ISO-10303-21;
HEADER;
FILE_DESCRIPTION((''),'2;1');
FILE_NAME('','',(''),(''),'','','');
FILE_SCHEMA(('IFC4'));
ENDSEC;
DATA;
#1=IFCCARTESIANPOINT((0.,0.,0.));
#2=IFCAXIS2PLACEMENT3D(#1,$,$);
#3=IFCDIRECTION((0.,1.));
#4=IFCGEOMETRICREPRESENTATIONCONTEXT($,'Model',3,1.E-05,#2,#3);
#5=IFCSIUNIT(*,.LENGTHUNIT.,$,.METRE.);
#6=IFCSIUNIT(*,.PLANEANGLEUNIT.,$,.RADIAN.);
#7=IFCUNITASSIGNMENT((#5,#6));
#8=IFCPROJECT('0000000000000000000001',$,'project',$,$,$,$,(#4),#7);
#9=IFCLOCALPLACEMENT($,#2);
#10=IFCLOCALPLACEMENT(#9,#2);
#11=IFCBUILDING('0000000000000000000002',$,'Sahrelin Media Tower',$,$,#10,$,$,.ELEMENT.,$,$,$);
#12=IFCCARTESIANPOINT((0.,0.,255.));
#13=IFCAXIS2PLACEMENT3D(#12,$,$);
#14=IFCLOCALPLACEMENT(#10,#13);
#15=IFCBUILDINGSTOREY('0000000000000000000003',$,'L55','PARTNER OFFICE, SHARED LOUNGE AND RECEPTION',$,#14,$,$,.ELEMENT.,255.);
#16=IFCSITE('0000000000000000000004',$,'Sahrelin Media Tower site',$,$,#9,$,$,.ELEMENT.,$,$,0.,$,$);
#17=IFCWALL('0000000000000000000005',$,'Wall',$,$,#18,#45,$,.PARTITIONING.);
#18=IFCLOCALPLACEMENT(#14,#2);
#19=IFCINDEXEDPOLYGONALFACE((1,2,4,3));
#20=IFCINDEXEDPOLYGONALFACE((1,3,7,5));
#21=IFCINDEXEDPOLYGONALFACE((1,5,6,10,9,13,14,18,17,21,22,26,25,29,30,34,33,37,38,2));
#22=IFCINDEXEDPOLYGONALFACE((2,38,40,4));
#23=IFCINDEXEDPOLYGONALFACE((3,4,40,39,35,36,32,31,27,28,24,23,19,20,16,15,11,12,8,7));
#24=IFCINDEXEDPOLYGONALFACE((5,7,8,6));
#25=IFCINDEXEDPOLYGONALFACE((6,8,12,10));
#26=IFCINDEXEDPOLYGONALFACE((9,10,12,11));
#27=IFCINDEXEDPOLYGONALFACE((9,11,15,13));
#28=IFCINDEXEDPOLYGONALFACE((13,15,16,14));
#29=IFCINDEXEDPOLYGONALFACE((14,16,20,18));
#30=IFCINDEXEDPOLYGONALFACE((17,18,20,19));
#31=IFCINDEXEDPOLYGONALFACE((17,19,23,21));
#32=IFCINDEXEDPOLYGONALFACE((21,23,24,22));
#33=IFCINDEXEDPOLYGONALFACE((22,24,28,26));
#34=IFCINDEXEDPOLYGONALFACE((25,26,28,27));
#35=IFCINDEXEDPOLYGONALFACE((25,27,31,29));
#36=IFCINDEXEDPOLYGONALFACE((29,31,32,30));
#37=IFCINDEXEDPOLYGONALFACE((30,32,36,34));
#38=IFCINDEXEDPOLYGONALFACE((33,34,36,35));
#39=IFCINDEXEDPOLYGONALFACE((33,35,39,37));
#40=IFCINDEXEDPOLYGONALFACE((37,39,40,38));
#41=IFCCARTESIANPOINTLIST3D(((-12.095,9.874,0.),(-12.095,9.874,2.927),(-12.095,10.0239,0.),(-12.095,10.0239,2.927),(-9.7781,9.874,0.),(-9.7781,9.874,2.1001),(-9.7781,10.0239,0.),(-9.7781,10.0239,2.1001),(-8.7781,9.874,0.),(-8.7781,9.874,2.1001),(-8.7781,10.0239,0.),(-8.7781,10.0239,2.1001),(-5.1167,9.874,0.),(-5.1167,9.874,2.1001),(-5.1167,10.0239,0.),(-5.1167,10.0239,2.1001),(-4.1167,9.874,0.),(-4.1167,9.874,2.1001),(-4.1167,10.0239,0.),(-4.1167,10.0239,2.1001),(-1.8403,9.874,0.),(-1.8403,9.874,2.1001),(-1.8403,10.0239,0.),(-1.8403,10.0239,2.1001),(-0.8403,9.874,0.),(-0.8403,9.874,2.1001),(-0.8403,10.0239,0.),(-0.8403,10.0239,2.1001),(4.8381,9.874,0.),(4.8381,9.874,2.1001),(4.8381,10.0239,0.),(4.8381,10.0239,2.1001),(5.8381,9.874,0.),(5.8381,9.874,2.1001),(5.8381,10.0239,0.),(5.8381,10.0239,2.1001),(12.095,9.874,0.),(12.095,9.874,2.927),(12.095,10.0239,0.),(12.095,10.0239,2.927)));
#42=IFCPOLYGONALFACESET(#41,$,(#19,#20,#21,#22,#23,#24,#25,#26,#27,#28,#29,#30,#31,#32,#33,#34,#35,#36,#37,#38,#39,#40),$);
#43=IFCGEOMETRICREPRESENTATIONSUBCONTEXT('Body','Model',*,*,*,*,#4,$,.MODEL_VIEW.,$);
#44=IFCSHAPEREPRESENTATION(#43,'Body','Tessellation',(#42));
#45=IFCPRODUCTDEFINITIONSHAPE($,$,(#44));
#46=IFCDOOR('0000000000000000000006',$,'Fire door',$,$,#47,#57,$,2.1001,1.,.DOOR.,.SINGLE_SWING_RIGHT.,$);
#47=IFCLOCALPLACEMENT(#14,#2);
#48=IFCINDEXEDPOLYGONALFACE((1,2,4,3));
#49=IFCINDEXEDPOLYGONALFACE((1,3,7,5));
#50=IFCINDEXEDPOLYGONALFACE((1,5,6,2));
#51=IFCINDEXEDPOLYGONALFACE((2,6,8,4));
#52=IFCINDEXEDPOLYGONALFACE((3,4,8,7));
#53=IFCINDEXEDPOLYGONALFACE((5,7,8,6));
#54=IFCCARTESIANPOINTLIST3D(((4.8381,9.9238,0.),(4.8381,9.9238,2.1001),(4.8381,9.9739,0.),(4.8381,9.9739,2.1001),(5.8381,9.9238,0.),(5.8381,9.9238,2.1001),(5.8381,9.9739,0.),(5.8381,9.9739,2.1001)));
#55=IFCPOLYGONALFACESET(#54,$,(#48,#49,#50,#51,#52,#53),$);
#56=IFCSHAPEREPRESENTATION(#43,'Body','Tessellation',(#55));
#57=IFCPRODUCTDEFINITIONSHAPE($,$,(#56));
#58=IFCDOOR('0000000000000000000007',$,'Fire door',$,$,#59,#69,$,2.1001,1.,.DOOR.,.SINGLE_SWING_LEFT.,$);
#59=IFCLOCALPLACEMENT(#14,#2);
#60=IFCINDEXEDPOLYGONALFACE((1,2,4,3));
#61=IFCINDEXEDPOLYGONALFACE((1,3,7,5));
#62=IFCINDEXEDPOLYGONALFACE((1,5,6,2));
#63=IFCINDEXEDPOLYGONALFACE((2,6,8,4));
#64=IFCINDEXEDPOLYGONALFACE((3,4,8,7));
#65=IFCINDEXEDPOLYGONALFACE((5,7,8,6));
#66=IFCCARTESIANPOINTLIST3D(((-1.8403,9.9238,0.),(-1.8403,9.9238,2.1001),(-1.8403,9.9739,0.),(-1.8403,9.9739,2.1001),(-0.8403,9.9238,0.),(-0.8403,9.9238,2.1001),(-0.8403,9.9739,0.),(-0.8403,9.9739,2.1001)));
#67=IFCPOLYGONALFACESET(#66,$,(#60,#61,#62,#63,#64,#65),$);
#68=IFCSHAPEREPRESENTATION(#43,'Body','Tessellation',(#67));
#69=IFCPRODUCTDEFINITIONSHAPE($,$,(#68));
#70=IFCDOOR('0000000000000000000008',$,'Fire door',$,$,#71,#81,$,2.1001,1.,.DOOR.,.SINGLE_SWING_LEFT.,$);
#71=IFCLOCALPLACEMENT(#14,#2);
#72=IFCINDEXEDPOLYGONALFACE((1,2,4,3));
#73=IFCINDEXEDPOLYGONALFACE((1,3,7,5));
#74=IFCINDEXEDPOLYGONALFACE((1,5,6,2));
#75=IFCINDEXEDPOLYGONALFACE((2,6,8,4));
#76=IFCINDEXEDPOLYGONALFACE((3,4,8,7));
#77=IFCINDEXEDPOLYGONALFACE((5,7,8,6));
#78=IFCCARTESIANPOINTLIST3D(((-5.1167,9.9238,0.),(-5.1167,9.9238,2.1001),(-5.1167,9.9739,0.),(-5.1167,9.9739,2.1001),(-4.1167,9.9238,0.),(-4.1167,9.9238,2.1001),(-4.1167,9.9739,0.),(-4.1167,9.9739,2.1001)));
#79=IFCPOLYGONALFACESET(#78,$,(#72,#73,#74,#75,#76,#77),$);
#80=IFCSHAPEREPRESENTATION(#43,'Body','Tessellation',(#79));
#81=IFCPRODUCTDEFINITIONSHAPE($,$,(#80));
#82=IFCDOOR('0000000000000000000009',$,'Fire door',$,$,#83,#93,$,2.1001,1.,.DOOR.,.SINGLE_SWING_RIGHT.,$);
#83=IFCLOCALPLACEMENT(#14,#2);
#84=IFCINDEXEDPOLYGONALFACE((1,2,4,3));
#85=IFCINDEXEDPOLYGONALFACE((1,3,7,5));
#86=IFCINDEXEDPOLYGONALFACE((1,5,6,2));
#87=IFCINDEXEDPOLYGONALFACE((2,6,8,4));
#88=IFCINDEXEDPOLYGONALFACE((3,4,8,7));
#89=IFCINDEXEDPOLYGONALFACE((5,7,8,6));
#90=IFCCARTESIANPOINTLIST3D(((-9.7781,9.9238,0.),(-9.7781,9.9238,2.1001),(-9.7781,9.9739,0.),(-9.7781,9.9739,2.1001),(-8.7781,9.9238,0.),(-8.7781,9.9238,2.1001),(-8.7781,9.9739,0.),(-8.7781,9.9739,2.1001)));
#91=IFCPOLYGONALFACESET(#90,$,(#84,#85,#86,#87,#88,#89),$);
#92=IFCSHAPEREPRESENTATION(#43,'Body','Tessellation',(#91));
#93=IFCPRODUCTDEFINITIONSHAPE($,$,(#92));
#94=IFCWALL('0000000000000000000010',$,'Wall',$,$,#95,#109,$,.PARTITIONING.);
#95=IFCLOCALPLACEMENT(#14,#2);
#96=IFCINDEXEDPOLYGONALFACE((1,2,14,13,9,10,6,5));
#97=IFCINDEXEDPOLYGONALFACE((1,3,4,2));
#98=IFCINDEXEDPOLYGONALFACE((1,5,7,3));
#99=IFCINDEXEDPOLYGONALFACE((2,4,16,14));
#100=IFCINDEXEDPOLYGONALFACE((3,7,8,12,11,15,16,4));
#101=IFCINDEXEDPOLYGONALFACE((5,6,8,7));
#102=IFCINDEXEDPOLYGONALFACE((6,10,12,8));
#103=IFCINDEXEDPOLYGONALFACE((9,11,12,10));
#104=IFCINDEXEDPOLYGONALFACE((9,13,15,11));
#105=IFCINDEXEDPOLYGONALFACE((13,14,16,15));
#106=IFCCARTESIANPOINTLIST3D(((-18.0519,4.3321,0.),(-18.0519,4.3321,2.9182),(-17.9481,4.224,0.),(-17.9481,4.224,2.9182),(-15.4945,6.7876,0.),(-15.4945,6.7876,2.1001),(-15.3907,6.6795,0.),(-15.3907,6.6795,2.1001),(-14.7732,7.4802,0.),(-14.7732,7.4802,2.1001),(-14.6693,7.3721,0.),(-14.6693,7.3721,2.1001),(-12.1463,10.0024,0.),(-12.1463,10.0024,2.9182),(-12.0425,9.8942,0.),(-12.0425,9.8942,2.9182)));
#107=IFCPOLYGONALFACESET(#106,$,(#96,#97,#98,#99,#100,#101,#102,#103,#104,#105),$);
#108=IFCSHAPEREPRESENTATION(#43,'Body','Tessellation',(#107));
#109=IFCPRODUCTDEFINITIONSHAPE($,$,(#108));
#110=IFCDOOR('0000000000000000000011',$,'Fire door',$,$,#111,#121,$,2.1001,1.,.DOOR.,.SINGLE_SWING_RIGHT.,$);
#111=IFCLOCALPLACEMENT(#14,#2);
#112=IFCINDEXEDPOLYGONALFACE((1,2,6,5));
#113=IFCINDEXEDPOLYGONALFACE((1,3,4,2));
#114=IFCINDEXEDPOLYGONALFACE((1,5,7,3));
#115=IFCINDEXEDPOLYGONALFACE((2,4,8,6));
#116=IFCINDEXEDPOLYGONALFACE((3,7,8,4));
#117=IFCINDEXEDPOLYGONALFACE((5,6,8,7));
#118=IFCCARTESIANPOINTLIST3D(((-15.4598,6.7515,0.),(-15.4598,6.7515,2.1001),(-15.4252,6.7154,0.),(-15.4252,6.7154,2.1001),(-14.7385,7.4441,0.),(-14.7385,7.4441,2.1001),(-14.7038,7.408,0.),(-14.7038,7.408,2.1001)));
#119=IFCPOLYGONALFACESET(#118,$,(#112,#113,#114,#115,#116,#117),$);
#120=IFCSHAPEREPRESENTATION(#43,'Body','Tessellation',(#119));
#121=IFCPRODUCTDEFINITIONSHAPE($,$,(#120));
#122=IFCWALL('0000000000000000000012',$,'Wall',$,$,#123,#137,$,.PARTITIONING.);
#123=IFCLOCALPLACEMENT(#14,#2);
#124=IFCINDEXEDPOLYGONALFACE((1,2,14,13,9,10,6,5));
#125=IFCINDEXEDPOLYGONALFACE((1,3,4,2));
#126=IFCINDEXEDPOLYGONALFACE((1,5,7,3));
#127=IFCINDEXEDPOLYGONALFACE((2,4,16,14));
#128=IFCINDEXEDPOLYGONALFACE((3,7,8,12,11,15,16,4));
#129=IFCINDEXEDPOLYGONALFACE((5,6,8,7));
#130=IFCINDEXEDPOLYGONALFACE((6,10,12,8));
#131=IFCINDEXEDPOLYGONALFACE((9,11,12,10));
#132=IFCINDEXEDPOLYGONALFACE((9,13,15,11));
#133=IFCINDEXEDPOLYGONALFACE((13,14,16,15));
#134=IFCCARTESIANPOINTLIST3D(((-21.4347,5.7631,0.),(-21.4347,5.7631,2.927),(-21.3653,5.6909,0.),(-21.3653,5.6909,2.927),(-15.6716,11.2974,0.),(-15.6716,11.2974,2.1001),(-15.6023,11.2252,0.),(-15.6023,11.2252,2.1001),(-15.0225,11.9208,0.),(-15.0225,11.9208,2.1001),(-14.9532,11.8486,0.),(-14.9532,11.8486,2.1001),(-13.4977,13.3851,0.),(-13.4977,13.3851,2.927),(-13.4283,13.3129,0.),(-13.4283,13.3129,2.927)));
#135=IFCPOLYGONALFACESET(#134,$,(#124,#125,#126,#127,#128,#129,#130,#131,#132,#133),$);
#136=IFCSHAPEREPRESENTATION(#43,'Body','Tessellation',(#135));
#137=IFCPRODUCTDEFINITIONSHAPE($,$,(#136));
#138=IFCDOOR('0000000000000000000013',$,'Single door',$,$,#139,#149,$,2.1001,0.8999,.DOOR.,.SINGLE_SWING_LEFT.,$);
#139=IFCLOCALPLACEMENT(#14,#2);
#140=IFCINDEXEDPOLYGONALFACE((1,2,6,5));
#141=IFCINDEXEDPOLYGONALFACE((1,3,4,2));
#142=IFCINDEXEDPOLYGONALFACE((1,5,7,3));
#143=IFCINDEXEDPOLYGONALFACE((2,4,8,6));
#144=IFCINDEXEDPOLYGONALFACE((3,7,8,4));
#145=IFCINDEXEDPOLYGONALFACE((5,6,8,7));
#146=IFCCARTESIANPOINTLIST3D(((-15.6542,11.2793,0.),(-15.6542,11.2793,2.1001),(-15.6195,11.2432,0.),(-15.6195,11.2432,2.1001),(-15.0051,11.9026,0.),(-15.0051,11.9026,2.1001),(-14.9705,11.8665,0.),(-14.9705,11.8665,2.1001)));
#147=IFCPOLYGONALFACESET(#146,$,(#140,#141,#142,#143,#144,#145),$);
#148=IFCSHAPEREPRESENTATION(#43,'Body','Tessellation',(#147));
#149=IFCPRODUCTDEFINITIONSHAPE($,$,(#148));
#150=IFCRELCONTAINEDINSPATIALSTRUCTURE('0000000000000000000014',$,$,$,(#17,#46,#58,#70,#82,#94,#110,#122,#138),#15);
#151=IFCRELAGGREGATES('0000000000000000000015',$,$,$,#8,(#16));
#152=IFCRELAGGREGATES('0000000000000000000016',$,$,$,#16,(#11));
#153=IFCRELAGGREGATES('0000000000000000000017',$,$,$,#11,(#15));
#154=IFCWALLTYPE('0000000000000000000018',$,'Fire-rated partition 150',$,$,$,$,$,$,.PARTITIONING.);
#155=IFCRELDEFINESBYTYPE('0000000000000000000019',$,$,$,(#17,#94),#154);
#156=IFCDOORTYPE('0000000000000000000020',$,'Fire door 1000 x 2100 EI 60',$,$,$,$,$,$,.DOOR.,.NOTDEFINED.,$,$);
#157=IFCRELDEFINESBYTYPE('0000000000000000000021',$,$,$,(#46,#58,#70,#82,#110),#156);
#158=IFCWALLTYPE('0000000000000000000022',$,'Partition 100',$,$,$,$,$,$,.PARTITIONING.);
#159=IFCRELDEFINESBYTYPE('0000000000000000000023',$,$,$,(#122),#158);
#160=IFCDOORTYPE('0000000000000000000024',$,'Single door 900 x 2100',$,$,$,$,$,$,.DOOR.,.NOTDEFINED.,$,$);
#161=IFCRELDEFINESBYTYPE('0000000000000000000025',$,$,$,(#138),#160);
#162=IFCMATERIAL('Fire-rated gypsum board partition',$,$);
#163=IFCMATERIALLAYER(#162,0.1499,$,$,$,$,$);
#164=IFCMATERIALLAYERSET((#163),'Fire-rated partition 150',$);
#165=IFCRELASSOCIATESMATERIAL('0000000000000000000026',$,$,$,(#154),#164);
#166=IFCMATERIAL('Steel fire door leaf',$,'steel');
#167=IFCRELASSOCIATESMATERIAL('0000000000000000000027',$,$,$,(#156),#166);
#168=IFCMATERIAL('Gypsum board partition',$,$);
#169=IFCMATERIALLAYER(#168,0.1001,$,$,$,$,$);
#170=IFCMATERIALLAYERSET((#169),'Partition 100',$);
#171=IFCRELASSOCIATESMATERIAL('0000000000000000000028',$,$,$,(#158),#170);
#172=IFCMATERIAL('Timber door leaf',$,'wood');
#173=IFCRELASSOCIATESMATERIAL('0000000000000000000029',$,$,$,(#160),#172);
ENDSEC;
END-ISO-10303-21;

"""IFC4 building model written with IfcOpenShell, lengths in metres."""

from ifc_helpers import new_model, si_unit, direction, frame, frame_2d, origin, place, context, subcontext, project, spatial, rectangle, extrude, material, layer, layer_set, type_object, element, fill, save


model = new_model("IFC4")

# Units and contexts
model_context = context("Model", 3, precision=1e-05, world=origin(), true_north=direction((0.0, 1.0)))
body_context = subcontext(model_context, "Body", "Model", "MODEL_VIEW")
ifc_project = project(units=[si_unit("LENGTHUNIT", "METRE"), si_unit("PLANEANGLEUNIT", "RADIAN")], contexts=[model_context])

# Site, building, storey
site_placement = place(None, origin())
site = spatial("IfcSite", under=ifc_project, at=site_placement, Name="Sahrelin Media Tower site", CompositionType="ELEMENT", RefElevation=0.0)
building_placement = place(site_placement, origin())
building = spatial("IfcBuilding", under=site, at=building_placement, Name="Sahrelin Media Tower", CompositionType="ELEMENT")
storey_placement = place(building_placement, frame((0.0, 0.0, 255.0)))
storey = spatial("IfcBuildingStorey", under=building, at=storey_placement, Name="L55", Description="PARTNER OFFICE, SHARED LOUNGE AND RECEPTION", CompositionType="ELEMENT", Elevation=255.0)

# Shared definitions
ifc_material_1 = material(Name="Fire-rated gypsum board partition")
ifc_layer_1 = layer(ifc_material_1, 0.1499)
ifc_layer_set_1 = layer_set([ifc_layer_1], Name="Fire-rated partition 150")
wall_type_1 = type_object("IfcWallType", Name="Fire-rated partition 150", PredefinedType="PARTITIONING", material=ifc_layer_set_1)

# Wall, openings, doors
wall_1_placement = place(storey_placement, frame((-12.095, 9.949, 0.0), z_axis=(0.0, 0.0, 1.0), x_axis=(1.0, 0.0, 0.0)))
wall_1 = element("IfcWall", 1, at=wall_1_placement, inside=storey, type_object=wall_type_1, Name="Wall", PredefinedType="PARTITIONING", context=body_context, shape_type="SweptSolid", body=[
    extrude(rectangle(XDim=24.1899, YDim=0.1499, at=frame_2d((12.095, 0.0))), origin(), (0.0, 0.0, 1.0), 2.927),
])
opening_1_placement = place(wall_1_placement, frame((16.9331, 0.0, 0.0)))
opening_1 = element("IfcOpeningElement", 2, at=opening_1_placement, cuts=wall_1, PredefinedType="OPENING", context=body_context, shape_type="SweptSolid", body=[
    extrude(rectangle(XDim=1.0, YDim=2.1001, at=frame_2d((0.5, 1.05))), frame((0.0, 0.075, 0.0), z_axis=(0.0, -1.0, 0.0), x_axis=(1.0, 0.0, 0.0)), (0.0, 0.0, 1.0), 0.1499),
])
opening_2_placement = place(wall_1_placement, frame((10.2546, 0.0, 0.0)))
opening_2 = element("IfcOpeningElement", 3, at=opening_2_placement, cuts=wall_1, PredefinedType="OPENING", context=body_context, shape_type="SweptSolid", body=[
    extrude(rectangle(XDim=1.0, YDim=2.1001, at=frame_2d((0.5, 1.05))), frame((0.0, 0.075, 0.0), z_axis=(0.0, -1.0, 0.0), x_axis=(1.0, 0.0, 0.0)), (0.0, 0.0, 1.0), 0.1499),
])
opening_3_placement = place(wall_1_placement, frame((6.9783, 0.0, 0.0)))
opening_3 = element("IfcOpeningElement", 4, at=opening_3_placement, cuts=wall_1, PredefinedType="OPENING", context=body_context, shape_type="SweptSolid", body=[
    extrude(rectangle(XDim=1.0, YDim=2.1001, at=frame_2d((0.5, 1.05))), frame((0.0, 0.075, 0.0), z_axis=(0.0, -1.0, 0.0), x_axis=(1.0, 0.0, 0.0)), (0.0, 0.0, 1.0), 0.1499),
])
opening_4_placement = place(wall_1_placement, frame((2.3169, 0.0, 0.0)))
opening_4 = element("IfcOpeningElement", 5, at=opening_4_placement, cuts=wall_1, PredefinedType="OPENING", context=body_context, shape_type="SweptSolid", body=[
    extrude(rectangle(XDim=1.0, YDim=2.1001, at=frame_2d((0.5, 1.05))), frame((0.0, 0.075, 0.0), z_axis=(0.0, -1.0, 0.0), x_axis=(1.0, 0.0, 0.0)), (0.0, 0.0, 1.0), 0.1499),
])
ifc_material_2 = material(Name="Steel fire door leaf", Category="steel")
door_type_1 = type_object("IfcDoorType", Name="Fire door 1000 x 2100 EI 60", OperationType="NOTDEFINED", PredefinedType="DOOR", material=ifc_material_2)
door_1_placement = place(opening_1_placement, origin())
door_1 = element("IfcDoor", 6, at=door_1_placement, inside=storey, type_object=door_type_1, Name="Fire door", OperationType="SINGLE_SWING_RIGHT", OverallHeight=2.1001, OverallWidth=1.0, PredefinedType="DOOR", context=body_context, shape_type="SweptSolid", body=[
    extrude(rectangle(XDim=1.0, YDim=2.1001, at=frame_2d((0.5, 1.05))), frame((0.0, 0.0249, 0.0), z_axis=(0.0, -1.0, 0.0), x_axis=(1.0, 0.0, 0.0)), (0.0, 0.0, 1.0), 0.05),
])
fill(opening_1, door_1)
door_2_placement = place(opening_2_placement, origin())
door_2 = element("IfcDoor", 7, at=door_2_placement, inside=storey, type_object=door_type_1, Name="Fire door", OperationType="SINGLE_SWING_LEFT", OverallHeight=2.1001, OverallWidth=1.0, PredefinedType="DOOR", context=body_context, shape_type="SweptSolid", body=[
    extrude(rectangle(XDim=1.0, YDim=2.1001, at=frame_2d((0.5, 1.05))), frame((0.0, 0.0249, 0.0), z_axis=(0.0, -1.0, 0.0), x_axis=(1.0, 0.0, 0.0)), (0.0, 0.0, 1.0), 0.05),
])
fill(opening_2, door_2)
door_3_placement = place(opening_3_placement, origin())
door_3 = element("IfcDoor", 8, at=door_3_placement, inside=storey, type_object=door_type_1, Name="Fire door", OperationType="SINGLE_SWING_LEFT", OverallHeight=2.1001, OverallWidth=1.0, PredefinedType="DOOR", context=body_context, shape_type="SweptSolid", body=[
    extrude(rectangle(XDim=1.0, YDim=2.1001, at=frame_2d((0.5, 1.05))), frame((0.0, 0.0249, 0.0), z_axis=(0.0, -1.0, 0.0), x_axis=(1.0, 0.0, 0.0)), (0.0, 0.0, 1.0), 0.05),
])
fill(opening_3, door_3)
door_4_placement = place(opening_4_placement, origin())
door_4 = element("IfcDoor", 9, at=door_4_placement, inside=storey, type_object=door_type_1, Name="Fire door", OperationType="SINGLE_SWING_RIGHT", OverallHeight=2.1001, OverallWidth=1.0, PredefinedType="DOOR", context=body_context, shape_type="SweptSolid", body=[
    extrude(rectangle(XDim=1.0, YDim=2.1001, at=frame_2d((0.5, 1.05))), frame((0.0, 0.0249, 0.0), z_axis=(0.0, -1.0, 0.0), x_axis=(1.0, 0.0, 0.0)), (0.0, 0.0, 1.0), 0.05),
])
fill(opening_4, door_4)

# Walls, openings, doors
wall_2_placement = place(storey_placement, frame((-18.0, 4.2781, 0.0), z_axis=(0.0, 0.0, 1.0), x_axis=(0.721334, 0.692587, 0.0)))
wall_2 = element("IfcWall", 10, at=wall_2_placement, inside=storey, type_object=wall_type_1, Name="Wall", PredefinedType="PARTITIONING", context=body_context, shape_type="SweptSolid", body=[
    extrude(rectangle(XDim=8.187, YDim=0.1499, at=frame_2d((4.0935, 0.0))), origin(), (0.0, 0.0, 1.0), 2.9182),
])
opening_5_placement = place(wall_2_placement, frame((3.5454, 0.0, 0.0)))
opening_5 = element("IfcOpeningElement", 11, at=opening_5_placement, cuts=wall_2, PredefinedType="OPENING", context=body_context, shape_type="SweptSolid", body=[
    extrude(rectangle(XDim=1.0, YDim=2.1001, at=frame_2d((0.5, 1.05))), frame((0.0, 0.075, 0.0), z_axis=(0.0, -1.0, 0.0), x_axis=(1.0, 0.0, 0.0)), (0.0, 0.0, 1.0), 0.1499),
])
door_5_placement = place(opening_5_placement, origin())
door_5 = element("IfcDoor", 12, at=door_5_placement, inside=storey, type_object=door_type_1, Name="Fire door", OperationType="SINGLE_SWING_RIGHT", OverallHeight=2.1001, OverallWidth=1.0, PredefinedType="DOOR", context=body_context, shape_type="SweptSolid", body=[
    extrude(rectangle(XDim=1.0, YDim=2.1001, at=frame_2d((0.5, 1.05))), frame((0.0, 0.0249, 0.0), z_axis=(0.0, -1.0, 0.0), x_axis=(1.0, 0.0, 0.0)), (0.0, 0.0, 1.0), 0.05),
])
fill(opening_5, door_5)
ifc_material_3 = material(Name="Gypsum board partition")
ifc_layer_2 = layer(ifc_material_3, 0.1001)
ifc_layer_set_2 = layer_set([ifc_layer_2], Name="Partition 100")
wall_type_2 = type_object("IfcWallType", Name="Partition 100", PredefinedType="PARTITIONING", material=ifc_layer_set_2)
wall_3_placement = place(storey_placement, frame((-21.3999, 5.7271, 0.0), z_axis=(0.0, 0.0, 1.0), x_axis=(0.721272, 0.692652, 0.0)))
wall_3 = element("IfcWall", 13, at=wall_3_placement, inside=storey, type_object=wall_type_2, Name="Wall", PredefinedType="PARTITIONING", context=body_context, shape_type="SweptSolid", body=[
    extrude(rectangle(XDim=11.0042, YDim=0.1001, at=frame_2d((5.502, 0.0))), origin(), (0.0, 0.0, 1.0), 2.927),
])
opening_6_placement = place(wall_3_placement, frame((7.99, 0.0, 0.0)))
opening_6 = element("IfcOpeningElement", 14, at=opening_6_placement, cuts=wall_3, PredefinedType="OPENING", context=body_context, shape_type="SweptSolid", body=[
    extrude(rectangle(XDim=0.8999, YDim=2.1001, at=frame_2d((0.45, 1.05))), frame((0.0, 0.05, 0.0), z_axis=(0.0, -1.0, 0.0), x_axis=(1.0, 0.0, 0.0)), (0.0, 0.0, 1.0), 0.1001),
])
ifc_material_4 = material(Name="Timber door leaf", Category="wood")
door_type_2 = type_object("IfcDoorType", Name="Single door 900 x 2100", OperationType="NOTDEFINED", PredefinedType="DOOR", material=ifc_material_4)
door_6_placement = place(opening_6_placement, origin())
door_6 = element("IfcDoor", 15, at=door_6_placement, inside=storey, type_object=door_type_2, Name="Single door", OperationType="SINGLE_SWING_LEFT", OverallHeight=2.1001, OverallWidth=0.8999, PredefinedType="DOOR", context=body_context, shape_type="SweptSolid", body=[
    extrude(rectangle(XDim=0.8999, YDim=2.1001, at=frame_2d((0.45, 1.05))), frame((0.0, 0.0249, 0.0), z_axis=(0.0, -1.0, 0.0), x_axis=(1.0, 0.0, 0.0)), (0.0, 0.0, 1.0), 0.05),
])
fill(opening_6, door_6)

save(model, "model.ifc")
